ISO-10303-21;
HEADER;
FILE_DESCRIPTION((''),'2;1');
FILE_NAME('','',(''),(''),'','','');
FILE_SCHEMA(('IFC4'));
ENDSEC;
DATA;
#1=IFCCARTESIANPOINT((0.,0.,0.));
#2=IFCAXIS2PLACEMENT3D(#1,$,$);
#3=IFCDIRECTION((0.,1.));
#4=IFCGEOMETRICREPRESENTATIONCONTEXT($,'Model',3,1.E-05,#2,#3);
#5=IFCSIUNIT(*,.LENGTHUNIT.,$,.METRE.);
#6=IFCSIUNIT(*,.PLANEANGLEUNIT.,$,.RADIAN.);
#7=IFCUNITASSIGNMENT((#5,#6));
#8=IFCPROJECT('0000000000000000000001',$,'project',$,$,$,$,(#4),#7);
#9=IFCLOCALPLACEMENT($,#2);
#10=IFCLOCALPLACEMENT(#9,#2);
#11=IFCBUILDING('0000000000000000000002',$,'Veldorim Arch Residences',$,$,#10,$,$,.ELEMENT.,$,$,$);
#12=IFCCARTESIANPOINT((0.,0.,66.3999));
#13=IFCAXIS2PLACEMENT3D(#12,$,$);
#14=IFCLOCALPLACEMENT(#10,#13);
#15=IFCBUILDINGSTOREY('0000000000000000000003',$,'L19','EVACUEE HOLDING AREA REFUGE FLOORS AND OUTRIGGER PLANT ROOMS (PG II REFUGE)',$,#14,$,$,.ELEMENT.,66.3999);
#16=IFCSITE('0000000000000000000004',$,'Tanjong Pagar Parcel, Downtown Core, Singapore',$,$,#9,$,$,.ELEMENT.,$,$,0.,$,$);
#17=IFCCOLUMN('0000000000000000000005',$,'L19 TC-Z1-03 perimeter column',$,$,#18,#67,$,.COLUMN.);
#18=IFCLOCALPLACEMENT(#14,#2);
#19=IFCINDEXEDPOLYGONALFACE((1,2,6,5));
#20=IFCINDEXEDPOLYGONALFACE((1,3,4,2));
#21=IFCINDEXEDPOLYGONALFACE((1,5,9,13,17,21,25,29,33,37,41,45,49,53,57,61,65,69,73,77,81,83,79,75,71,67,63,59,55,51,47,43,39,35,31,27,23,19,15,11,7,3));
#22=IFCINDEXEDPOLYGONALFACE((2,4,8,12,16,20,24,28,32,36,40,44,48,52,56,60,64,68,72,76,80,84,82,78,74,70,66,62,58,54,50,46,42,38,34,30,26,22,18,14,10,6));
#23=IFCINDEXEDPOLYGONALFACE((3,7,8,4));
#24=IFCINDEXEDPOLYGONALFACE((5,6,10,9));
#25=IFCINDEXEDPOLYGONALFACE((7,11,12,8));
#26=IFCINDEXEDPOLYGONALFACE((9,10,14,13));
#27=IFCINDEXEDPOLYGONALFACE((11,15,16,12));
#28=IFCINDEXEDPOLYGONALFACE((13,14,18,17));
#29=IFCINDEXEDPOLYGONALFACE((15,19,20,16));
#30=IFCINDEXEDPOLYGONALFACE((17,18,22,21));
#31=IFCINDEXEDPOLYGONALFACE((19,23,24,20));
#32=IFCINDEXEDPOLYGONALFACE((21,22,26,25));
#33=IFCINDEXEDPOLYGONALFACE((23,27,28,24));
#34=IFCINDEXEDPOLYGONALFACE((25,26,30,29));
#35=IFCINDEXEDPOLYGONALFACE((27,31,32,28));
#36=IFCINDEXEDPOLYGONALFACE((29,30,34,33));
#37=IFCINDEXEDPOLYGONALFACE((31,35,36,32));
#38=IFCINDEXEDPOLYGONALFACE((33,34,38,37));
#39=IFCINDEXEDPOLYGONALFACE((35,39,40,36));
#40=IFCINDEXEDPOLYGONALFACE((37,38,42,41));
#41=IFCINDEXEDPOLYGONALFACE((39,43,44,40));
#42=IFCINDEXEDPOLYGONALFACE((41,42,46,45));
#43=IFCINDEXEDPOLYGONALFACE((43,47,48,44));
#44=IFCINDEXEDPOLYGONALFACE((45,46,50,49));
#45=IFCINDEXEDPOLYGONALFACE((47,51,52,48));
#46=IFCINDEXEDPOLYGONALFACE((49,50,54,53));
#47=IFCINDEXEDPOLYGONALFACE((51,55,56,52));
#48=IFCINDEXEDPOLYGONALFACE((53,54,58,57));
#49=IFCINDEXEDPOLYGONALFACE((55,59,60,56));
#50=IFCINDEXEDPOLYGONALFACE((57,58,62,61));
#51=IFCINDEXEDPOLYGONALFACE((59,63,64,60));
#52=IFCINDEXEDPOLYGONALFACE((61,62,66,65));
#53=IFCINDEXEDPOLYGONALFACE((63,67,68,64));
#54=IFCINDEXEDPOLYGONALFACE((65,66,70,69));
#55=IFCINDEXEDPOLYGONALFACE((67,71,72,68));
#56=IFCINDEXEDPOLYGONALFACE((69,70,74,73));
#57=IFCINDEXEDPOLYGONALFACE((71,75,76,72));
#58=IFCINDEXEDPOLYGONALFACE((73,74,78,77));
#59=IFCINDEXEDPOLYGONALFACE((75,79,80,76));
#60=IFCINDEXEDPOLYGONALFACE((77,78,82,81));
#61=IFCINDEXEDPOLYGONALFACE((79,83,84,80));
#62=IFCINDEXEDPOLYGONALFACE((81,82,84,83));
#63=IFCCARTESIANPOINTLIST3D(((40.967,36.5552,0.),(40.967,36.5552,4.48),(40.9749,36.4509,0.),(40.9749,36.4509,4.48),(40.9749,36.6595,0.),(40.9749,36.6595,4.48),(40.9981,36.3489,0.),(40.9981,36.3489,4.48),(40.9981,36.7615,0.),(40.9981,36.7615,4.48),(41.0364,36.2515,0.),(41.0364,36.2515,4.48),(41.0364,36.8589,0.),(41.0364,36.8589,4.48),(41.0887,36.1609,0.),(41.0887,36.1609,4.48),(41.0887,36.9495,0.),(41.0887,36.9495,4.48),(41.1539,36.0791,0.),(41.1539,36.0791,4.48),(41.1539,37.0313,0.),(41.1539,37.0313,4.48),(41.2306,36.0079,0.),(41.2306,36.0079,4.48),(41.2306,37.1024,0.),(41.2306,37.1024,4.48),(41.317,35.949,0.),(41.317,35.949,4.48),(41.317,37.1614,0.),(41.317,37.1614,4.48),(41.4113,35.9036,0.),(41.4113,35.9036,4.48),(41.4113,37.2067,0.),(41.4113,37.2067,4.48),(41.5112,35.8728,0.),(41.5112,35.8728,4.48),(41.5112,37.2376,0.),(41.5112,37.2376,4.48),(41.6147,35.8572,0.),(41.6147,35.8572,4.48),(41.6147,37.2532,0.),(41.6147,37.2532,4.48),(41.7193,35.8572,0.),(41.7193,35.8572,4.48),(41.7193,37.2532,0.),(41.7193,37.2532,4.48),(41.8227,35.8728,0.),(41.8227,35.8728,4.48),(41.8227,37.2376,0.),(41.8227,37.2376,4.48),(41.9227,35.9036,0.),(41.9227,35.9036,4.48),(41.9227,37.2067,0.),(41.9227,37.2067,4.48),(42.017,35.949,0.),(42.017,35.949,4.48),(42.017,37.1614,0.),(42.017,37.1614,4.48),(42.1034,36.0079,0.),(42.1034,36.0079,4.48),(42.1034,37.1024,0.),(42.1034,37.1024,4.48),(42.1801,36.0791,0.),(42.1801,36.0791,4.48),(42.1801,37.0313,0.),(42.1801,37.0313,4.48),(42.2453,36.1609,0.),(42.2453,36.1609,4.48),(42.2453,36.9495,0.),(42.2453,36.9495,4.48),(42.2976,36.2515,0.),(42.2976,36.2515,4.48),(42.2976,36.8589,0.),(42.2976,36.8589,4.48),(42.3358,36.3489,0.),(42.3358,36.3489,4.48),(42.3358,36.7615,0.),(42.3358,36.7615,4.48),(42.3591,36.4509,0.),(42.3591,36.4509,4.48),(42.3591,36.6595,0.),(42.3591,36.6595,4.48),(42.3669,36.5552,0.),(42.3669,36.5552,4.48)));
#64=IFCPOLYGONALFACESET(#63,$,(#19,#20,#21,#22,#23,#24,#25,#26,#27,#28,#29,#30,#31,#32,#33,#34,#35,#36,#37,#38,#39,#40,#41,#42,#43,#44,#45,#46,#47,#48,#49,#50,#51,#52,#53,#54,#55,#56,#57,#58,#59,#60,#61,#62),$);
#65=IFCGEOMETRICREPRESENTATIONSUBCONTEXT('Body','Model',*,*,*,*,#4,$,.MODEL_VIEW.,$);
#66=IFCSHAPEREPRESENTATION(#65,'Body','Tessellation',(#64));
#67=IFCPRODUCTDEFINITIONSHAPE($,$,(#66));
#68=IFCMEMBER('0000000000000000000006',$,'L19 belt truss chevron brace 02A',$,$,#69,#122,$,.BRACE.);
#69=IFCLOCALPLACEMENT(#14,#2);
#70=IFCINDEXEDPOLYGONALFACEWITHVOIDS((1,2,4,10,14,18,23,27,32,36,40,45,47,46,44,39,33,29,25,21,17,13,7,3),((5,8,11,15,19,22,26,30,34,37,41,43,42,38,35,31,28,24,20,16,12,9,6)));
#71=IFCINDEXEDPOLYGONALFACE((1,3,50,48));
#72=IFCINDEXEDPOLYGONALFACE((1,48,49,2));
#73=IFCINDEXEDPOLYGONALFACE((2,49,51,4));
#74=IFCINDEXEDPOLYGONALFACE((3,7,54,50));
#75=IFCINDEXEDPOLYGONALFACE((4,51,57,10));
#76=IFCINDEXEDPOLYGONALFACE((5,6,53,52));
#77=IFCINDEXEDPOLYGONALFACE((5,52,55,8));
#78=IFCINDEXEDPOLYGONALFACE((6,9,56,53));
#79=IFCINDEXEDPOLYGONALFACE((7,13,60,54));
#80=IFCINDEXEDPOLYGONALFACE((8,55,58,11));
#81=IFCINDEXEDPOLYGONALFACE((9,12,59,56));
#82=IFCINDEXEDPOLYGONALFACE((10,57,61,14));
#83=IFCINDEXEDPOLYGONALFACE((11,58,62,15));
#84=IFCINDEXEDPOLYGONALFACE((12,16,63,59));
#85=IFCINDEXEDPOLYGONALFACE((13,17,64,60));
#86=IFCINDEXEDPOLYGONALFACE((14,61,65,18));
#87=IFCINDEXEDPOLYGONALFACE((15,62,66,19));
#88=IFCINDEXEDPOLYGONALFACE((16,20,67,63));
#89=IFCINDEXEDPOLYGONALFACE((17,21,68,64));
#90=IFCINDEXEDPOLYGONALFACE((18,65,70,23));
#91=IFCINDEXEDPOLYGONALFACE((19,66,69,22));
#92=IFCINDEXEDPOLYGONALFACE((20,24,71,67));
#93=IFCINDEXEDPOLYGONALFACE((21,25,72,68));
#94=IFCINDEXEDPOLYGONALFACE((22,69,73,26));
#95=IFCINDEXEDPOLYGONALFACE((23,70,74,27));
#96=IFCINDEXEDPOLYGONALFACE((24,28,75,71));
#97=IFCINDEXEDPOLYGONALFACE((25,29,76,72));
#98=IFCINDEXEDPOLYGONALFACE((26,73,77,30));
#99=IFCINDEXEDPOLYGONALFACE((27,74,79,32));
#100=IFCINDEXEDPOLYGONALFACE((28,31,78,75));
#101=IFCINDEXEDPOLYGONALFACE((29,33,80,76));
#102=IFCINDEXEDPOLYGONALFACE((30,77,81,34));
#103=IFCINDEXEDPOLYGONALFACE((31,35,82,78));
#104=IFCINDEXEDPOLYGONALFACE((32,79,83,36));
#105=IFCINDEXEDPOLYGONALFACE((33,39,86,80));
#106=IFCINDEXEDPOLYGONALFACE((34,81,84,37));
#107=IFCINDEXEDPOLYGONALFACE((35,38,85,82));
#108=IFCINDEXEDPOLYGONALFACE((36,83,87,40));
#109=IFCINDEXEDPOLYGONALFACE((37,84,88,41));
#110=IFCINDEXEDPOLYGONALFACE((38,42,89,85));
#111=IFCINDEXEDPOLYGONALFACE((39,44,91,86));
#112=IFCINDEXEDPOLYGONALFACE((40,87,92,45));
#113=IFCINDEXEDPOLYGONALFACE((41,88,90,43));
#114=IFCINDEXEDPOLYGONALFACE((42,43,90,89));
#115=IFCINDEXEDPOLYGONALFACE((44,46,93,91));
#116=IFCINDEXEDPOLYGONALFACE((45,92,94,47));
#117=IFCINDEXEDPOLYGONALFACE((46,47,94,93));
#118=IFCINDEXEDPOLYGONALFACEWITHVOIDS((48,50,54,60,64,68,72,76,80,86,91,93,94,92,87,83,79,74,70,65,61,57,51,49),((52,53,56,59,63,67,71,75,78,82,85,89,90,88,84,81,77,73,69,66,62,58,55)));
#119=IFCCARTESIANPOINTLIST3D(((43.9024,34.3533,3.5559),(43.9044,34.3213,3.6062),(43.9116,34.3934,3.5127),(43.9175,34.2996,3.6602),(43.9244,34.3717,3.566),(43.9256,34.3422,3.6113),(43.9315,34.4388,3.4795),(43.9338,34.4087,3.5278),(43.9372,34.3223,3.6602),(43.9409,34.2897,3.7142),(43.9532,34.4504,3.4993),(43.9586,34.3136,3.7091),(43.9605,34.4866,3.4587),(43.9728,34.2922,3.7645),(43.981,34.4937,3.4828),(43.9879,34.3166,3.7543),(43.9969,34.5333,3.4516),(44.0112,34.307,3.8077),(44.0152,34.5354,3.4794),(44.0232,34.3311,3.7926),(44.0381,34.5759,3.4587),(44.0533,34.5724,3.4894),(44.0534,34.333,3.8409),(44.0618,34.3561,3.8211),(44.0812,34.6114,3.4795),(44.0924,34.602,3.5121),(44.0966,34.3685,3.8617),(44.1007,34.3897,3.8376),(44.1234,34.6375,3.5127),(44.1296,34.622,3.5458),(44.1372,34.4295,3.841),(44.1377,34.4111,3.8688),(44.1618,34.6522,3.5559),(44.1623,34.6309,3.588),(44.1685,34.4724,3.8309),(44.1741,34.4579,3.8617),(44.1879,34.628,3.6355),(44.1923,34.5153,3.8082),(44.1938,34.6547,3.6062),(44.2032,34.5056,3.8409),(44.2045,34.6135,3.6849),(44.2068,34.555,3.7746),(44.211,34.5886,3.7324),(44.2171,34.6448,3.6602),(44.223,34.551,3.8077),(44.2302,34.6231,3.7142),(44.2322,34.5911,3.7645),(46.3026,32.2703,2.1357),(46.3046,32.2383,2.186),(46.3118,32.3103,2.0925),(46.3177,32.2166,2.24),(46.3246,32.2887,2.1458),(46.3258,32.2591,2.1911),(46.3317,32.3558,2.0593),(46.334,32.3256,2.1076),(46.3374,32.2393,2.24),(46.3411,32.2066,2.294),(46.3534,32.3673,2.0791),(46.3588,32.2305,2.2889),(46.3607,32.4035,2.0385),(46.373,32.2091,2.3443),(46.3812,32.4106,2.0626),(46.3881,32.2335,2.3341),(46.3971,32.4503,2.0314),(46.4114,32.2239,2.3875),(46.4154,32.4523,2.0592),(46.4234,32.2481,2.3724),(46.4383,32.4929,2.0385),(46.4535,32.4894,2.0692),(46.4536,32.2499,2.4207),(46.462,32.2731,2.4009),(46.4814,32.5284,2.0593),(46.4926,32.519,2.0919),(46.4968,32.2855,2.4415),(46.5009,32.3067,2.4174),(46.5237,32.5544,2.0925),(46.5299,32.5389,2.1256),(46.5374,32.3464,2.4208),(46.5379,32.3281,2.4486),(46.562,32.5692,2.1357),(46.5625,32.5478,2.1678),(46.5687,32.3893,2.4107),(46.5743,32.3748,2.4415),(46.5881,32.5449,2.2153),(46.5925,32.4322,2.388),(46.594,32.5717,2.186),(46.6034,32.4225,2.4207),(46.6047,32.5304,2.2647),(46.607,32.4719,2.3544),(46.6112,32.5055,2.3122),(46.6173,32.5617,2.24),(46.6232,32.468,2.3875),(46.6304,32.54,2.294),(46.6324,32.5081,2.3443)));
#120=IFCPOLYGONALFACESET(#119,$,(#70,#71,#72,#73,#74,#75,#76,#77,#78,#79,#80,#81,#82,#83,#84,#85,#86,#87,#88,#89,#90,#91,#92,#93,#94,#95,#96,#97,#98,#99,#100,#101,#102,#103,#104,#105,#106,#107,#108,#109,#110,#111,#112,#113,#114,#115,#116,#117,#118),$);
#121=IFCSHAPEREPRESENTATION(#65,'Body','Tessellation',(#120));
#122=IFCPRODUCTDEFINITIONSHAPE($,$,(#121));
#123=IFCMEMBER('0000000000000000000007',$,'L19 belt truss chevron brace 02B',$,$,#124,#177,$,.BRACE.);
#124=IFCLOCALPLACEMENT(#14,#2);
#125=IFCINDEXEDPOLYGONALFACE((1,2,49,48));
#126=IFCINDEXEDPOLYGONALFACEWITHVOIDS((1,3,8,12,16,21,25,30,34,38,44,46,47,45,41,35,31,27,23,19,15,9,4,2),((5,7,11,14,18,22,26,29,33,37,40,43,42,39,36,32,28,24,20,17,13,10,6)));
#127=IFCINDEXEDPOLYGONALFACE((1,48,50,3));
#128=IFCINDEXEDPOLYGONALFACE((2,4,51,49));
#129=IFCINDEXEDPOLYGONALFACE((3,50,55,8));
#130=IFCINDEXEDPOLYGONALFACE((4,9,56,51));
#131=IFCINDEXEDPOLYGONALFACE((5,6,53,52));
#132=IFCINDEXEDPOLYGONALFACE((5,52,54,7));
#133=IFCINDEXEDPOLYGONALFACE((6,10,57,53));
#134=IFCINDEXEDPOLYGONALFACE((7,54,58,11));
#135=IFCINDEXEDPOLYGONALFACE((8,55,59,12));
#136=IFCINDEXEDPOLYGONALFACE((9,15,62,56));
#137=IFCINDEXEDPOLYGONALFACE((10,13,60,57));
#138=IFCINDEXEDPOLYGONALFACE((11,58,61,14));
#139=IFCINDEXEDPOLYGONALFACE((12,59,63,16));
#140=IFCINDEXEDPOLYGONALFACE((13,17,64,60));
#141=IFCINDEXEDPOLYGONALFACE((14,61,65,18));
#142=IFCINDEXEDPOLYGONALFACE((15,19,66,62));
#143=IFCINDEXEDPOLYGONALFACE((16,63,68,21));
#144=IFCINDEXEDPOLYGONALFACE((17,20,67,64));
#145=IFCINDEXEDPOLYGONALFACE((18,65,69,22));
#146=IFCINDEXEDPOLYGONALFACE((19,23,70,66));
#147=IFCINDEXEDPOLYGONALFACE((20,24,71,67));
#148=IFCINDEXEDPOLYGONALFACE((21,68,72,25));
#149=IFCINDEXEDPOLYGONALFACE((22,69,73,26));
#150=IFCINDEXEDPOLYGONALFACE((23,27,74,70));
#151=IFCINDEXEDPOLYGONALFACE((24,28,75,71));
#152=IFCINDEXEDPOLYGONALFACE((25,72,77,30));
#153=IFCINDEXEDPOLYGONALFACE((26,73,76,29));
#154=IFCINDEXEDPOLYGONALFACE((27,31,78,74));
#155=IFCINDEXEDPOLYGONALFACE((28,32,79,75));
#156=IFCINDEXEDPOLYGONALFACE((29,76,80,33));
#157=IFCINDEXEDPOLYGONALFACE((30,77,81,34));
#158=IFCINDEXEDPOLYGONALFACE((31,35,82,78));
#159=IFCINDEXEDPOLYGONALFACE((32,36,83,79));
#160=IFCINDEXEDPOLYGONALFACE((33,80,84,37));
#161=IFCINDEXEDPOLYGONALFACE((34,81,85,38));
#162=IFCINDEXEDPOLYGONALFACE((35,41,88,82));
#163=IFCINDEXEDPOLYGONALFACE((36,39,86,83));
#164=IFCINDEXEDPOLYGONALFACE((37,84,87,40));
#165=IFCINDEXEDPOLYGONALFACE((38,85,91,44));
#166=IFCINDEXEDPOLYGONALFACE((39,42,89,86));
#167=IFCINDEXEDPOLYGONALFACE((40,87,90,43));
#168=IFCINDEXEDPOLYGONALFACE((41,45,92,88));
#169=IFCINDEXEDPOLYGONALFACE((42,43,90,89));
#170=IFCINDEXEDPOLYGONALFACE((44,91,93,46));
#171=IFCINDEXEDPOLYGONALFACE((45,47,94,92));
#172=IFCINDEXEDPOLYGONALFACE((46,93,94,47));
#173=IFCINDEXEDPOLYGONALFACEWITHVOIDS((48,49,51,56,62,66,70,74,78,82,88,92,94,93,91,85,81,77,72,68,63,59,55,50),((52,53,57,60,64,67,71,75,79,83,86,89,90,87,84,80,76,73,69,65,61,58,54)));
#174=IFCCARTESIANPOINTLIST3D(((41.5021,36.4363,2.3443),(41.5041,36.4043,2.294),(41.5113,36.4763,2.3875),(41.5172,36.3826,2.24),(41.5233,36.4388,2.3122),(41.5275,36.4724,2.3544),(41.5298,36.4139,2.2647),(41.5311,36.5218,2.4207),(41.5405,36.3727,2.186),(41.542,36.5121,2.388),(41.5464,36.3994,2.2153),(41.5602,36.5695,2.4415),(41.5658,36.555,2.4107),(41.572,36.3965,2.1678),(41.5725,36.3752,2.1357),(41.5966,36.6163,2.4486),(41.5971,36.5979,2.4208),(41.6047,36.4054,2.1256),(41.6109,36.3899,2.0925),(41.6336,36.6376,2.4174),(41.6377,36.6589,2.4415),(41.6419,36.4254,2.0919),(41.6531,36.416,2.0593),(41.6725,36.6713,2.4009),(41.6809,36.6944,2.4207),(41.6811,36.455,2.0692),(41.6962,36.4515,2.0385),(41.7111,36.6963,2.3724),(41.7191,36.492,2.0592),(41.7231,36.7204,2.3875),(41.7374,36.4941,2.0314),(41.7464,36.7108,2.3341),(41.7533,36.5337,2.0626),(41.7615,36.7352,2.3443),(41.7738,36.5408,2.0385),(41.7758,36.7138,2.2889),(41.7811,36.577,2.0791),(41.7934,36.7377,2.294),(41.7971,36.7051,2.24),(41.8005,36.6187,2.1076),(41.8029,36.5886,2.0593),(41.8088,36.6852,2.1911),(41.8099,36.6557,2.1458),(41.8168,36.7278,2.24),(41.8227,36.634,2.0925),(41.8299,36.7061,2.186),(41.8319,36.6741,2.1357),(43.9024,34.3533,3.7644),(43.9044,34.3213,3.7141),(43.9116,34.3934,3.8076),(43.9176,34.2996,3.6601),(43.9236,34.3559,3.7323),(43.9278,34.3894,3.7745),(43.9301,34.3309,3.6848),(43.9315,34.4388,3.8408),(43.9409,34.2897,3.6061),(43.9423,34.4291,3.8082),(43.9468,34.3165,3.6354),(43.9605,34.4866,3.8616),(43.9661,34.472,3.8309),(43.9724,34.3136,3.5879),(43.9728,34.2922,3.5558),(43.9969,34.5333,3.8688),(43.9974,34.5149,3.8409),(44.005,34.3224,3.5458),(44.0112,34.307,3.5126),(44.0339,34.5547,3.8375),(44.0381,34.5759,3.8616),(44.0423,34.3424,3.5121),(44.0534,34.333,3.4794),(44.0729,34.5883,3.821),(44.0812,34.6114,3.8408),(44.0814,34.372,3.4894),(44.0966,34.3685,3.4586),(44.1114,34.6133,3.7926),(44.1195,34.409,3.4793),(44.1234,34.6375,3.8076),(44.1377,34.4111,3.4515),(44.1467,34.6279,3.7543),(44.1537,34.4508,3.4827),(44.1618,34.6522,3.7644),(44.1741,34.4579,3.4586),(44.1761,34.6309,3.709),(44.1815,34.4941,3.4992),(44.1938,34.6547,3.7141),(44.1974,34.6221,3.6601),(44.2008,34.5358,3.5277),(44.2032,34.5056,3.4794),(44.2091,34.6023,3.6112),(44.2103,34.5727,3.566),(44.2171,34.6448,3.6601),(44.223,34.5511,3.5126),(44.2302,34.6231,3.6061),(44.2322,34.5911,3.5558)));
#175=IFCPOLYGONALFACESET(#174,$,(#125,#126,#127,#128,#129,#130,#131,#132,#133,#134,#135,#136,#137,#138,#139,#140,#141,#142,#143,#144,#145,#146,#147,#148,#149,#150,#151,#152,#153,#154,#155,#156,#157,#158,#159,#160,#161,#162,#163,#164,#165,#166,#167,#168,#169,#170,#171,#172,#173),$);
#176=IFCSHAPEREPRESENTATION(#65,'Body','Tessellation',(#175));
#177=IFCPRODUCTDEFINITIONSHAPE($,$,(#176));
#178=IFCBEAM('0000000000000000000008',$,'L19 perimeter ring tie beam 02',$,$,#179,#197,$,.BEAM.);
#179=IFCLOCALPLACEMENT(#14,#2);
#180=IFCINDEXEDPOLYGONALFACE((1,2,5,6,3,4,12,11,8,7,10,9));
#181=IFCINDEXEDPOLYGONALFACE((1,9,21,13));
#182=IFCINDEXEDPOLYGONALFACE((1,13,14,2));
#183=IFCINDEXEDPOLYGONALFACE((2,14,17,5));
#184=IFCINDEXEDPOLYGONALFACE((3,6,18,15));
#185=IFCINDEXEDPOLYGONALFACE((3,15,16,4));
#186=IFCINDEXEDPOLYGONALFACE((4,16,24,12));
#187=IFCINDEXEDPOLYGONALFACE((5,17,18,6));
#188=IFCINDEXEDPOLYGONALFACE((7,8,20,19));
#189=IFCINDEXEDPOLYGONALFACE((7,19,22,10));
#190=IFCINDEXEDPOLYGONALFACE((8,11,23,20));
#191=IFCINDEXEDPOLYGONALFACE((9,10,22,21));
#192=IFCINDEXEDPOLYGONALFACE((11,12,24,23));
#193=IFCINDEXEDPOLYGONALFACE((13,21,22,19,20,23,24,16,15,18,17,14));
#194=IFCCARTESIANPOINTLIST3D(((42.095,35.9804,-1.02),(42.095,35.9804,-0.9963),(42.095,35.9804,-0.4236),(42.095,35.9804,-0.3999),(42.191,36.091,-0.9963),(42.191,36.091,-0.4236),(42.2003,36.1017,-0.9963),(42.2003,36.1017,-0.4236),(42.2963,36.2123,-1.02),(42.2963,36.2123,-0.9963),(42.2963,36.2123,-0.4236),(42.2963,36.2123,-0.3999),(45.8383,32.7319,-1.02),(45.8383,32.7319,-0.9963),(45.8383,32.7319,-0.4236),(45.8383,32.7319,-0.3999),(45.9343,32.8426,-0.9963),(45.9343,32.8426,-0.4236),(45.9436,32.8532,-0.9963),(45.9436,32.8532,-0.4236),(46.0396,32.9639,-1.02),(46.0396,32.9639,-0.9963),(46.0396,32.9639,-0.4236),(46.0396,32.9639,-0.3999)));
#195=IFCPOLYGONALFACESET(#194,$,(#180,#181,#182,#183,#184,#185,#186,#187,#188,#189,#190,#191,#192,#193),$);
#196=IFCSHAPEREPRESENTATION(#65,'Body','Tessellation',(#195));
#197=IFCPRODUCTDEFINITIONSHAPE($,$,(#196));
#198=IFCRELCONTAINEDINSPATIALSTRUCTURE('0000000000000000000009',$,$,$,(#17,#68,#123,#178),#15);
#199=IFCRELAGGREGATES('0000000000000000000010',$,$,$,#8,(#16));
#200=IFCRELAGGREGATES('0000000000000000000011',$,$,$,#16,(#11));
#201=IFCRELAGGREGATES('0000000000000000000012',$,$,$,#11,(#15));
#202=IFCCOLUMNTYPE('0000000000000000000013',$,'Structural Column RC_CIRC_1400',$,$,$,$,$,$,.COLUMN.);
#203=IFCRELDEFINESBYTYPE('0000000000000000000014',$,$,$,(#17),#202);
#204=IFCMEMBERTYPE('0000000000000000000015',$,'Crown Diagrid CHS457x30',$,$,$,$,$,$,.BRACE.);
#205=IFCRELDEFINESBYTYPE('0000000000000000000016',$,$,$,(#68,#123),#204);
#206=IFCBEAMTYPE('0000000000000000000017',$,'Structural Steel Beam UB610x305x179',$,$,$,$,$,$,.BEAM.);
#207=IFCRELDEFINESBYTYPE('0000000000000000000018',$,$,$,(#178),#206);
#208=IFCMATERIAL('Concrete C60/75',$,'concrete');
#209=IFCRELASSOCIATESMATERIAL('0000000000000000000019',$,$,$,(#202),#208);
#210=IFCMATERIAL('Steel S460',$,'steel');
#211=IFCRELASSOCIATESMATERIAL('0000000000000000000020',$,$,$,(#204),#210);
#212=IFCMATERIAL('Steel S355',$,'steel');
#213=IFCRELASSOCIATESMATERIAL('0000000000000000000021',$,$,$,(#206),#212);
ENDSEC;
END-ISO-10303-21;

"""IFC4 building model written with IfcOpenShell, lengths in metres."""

from ifc_helpers import new_model, si_unit, direction, frame, origin, origin_2d, place, context, subcontext, project, spatial, circle, hollow_circle, i_section, extrude, material, material_profile, profile_set, type_object, element, save


model = new_model("IFC4")

# Units and contexts
model_context = context("Model", 3, precision=1e-05, world=origin(), true_north=direction((0.0, 1.0)))
body_context = subcontext(model_context, "Body", "Model", "MODEL_VIEW")
ifc_project = project(units=[si_unit("LENGTHUNIT", "METRE"), si_unit("PLANEANGLEUNIT", "RADIAN")], contexts=[model_context])

# Site, building, storey
site_placement = place(None, origin())
site = spatial("IfcSite", under=ifc_project, at=site_placement, Name="Tanjong Pagar Parcel, Downtown Core, Singapore", CompositionType="ELEMENT", RefElevation=0.0)
building_placement = place(site_placement, origin())
building = spatial("IfcBuilding", under=site, at=building_placement, Name="Veldorim Arch Residences", CompositionType="ELEMENT")
storey_placement = place(building_placement, frame((0.0, 0.0, 66.3999)))
storey = spatial("IfcBuildingStorey", under=building, at=storey_placement, Name="L19", Description="EVACUEE HOLDING AREA REFUGE FLOORS AND OUTRIGGER PLANT ROOMS (PG II REFUGE)", CompositionType="ELEMENT", Elevation=66.3999)

# Column
ifc_material_1 = material(Name="Concrete C60/75", Category="concrete")
ifc_material_profile_1 = material_profile(ifc_material_1, circle(Radius=0.7, at=origin_2d()), Name="RC_CIRC_1400")
ifc_profile_set_1 = profile_set([ifc_material_profile_1], Name="Concrete C60/75")
column_type = type_object("IfcColumnType", Name="Structural Column RC_CIRC_1400", PredefinedType="COLUMN", material=ifc_profile_set_1)
column_placement = place(storey_placement, frame((41.667, 36.5552, 0.0), z_axis=(0.0, 0.0, 1.0), x_axis=(1.0, 0.0, 0.0)))
element("IfcColumn", 1, at=column_placement, inside=storey, type_object=column_type, Name="L19 TC-Z1-03 perimeter column", PredefinedType="COLUMN", context=body_context, shape_type="SweptSolid", body=[
    extrude(circle(Radius=0.7, at=origin_2d()), origin(), (0.0, 0.0, 1.0), 4.48),
])

# Members
ifc_material_2 = material(Name="Steel S460", Category="steel")
ifc_material_profile_2 = material_profile(ifc_material_2, hollow_circle(Radius=0.2285, WallThickness=0.03, at=origin_2d()), Name="CHS457x30")
ifc_profile_set_2 = profile_set([ifc_material_profile_2], Name="Steel S460")
member_type_1 = type_object("IfcMemberType", Name="Crown Diagrid CHS457x30", PredefinedType="BRACE", material=ifc_profile_set_2)
for number, where, z_axis, x_axis, name in (
    (2, (46.4675, 32.3892, 2.24), (-0.689524, 0.598415, 0.407991), (-0.655448, -0.75524, 0.0), "L19 belt truss chevron brace 02A"),
    (3, (41.667, 36.5552, 2.24), (0.689561, -0.598386, 0.407971), (0.65541, 0.755273, 0.0), "L19 belt truss chevron brace 02B"),
):
    element("IfcMember", number, at=place(storey_placement, frame(where, z_axis=z_axis, x_axis=x_axis)), inside=storey, type_object=member_type_1, Name=name, PredefinedType="BRACE", context=body_context, shape_type="SweptSolid", body=[
        extrude(hollow_circle(Radius=0.2285, WallThickness=0.03, at=origin_2d()), origin(), (0.0, 0.0, 1.0), 3.481),
    ])

# Beam
ifc_material_3 = material(Name="Steel S355", Category="steel")
ifc_material_profile_3 = material_profile(ifc_material_3, i_section(OverallWidth=0.3071, OverallDepth=0.6201, WebThickness=0.0142, FlangeThickness=0.0237, at=origin_2d()), Name="UB610x305x179")
ifc_profile_set_3 = profile_set([ifc_material_profile_3], Name="Steel S355")
beam_type_1 = type_object("IfcBeamType", Name="Structural Steel Beam UB610x305x179", PredefinedType="BEAM", material=ifc_profile_set_3)
beam_1_placement = place(storey_placement, frame((45.939, 32.8479, -0.71), z_axis=(-0.755265, 0.65542, 0.0), x_axis=(-0.65542, -0.755265, 0.0)))
element("IfcBeam", 4, at=beam_1_placement, inside=storey, type_object=beam_type_1, Name="L19 perimeter ring tie beam 02", PredefinedType="BEAM", context=body_context, shape_type="SweptSolid", body=[
    extrude(i_section(OverallWidth=0.3071, OverallDepth=0.6201, WebThickness=0.0142, FlangeThickness=0.0237, at=origin_2d()), origin(), (0.0, 0.0, 1.0), 4.9563),
])

save(model, "model.ifc")
